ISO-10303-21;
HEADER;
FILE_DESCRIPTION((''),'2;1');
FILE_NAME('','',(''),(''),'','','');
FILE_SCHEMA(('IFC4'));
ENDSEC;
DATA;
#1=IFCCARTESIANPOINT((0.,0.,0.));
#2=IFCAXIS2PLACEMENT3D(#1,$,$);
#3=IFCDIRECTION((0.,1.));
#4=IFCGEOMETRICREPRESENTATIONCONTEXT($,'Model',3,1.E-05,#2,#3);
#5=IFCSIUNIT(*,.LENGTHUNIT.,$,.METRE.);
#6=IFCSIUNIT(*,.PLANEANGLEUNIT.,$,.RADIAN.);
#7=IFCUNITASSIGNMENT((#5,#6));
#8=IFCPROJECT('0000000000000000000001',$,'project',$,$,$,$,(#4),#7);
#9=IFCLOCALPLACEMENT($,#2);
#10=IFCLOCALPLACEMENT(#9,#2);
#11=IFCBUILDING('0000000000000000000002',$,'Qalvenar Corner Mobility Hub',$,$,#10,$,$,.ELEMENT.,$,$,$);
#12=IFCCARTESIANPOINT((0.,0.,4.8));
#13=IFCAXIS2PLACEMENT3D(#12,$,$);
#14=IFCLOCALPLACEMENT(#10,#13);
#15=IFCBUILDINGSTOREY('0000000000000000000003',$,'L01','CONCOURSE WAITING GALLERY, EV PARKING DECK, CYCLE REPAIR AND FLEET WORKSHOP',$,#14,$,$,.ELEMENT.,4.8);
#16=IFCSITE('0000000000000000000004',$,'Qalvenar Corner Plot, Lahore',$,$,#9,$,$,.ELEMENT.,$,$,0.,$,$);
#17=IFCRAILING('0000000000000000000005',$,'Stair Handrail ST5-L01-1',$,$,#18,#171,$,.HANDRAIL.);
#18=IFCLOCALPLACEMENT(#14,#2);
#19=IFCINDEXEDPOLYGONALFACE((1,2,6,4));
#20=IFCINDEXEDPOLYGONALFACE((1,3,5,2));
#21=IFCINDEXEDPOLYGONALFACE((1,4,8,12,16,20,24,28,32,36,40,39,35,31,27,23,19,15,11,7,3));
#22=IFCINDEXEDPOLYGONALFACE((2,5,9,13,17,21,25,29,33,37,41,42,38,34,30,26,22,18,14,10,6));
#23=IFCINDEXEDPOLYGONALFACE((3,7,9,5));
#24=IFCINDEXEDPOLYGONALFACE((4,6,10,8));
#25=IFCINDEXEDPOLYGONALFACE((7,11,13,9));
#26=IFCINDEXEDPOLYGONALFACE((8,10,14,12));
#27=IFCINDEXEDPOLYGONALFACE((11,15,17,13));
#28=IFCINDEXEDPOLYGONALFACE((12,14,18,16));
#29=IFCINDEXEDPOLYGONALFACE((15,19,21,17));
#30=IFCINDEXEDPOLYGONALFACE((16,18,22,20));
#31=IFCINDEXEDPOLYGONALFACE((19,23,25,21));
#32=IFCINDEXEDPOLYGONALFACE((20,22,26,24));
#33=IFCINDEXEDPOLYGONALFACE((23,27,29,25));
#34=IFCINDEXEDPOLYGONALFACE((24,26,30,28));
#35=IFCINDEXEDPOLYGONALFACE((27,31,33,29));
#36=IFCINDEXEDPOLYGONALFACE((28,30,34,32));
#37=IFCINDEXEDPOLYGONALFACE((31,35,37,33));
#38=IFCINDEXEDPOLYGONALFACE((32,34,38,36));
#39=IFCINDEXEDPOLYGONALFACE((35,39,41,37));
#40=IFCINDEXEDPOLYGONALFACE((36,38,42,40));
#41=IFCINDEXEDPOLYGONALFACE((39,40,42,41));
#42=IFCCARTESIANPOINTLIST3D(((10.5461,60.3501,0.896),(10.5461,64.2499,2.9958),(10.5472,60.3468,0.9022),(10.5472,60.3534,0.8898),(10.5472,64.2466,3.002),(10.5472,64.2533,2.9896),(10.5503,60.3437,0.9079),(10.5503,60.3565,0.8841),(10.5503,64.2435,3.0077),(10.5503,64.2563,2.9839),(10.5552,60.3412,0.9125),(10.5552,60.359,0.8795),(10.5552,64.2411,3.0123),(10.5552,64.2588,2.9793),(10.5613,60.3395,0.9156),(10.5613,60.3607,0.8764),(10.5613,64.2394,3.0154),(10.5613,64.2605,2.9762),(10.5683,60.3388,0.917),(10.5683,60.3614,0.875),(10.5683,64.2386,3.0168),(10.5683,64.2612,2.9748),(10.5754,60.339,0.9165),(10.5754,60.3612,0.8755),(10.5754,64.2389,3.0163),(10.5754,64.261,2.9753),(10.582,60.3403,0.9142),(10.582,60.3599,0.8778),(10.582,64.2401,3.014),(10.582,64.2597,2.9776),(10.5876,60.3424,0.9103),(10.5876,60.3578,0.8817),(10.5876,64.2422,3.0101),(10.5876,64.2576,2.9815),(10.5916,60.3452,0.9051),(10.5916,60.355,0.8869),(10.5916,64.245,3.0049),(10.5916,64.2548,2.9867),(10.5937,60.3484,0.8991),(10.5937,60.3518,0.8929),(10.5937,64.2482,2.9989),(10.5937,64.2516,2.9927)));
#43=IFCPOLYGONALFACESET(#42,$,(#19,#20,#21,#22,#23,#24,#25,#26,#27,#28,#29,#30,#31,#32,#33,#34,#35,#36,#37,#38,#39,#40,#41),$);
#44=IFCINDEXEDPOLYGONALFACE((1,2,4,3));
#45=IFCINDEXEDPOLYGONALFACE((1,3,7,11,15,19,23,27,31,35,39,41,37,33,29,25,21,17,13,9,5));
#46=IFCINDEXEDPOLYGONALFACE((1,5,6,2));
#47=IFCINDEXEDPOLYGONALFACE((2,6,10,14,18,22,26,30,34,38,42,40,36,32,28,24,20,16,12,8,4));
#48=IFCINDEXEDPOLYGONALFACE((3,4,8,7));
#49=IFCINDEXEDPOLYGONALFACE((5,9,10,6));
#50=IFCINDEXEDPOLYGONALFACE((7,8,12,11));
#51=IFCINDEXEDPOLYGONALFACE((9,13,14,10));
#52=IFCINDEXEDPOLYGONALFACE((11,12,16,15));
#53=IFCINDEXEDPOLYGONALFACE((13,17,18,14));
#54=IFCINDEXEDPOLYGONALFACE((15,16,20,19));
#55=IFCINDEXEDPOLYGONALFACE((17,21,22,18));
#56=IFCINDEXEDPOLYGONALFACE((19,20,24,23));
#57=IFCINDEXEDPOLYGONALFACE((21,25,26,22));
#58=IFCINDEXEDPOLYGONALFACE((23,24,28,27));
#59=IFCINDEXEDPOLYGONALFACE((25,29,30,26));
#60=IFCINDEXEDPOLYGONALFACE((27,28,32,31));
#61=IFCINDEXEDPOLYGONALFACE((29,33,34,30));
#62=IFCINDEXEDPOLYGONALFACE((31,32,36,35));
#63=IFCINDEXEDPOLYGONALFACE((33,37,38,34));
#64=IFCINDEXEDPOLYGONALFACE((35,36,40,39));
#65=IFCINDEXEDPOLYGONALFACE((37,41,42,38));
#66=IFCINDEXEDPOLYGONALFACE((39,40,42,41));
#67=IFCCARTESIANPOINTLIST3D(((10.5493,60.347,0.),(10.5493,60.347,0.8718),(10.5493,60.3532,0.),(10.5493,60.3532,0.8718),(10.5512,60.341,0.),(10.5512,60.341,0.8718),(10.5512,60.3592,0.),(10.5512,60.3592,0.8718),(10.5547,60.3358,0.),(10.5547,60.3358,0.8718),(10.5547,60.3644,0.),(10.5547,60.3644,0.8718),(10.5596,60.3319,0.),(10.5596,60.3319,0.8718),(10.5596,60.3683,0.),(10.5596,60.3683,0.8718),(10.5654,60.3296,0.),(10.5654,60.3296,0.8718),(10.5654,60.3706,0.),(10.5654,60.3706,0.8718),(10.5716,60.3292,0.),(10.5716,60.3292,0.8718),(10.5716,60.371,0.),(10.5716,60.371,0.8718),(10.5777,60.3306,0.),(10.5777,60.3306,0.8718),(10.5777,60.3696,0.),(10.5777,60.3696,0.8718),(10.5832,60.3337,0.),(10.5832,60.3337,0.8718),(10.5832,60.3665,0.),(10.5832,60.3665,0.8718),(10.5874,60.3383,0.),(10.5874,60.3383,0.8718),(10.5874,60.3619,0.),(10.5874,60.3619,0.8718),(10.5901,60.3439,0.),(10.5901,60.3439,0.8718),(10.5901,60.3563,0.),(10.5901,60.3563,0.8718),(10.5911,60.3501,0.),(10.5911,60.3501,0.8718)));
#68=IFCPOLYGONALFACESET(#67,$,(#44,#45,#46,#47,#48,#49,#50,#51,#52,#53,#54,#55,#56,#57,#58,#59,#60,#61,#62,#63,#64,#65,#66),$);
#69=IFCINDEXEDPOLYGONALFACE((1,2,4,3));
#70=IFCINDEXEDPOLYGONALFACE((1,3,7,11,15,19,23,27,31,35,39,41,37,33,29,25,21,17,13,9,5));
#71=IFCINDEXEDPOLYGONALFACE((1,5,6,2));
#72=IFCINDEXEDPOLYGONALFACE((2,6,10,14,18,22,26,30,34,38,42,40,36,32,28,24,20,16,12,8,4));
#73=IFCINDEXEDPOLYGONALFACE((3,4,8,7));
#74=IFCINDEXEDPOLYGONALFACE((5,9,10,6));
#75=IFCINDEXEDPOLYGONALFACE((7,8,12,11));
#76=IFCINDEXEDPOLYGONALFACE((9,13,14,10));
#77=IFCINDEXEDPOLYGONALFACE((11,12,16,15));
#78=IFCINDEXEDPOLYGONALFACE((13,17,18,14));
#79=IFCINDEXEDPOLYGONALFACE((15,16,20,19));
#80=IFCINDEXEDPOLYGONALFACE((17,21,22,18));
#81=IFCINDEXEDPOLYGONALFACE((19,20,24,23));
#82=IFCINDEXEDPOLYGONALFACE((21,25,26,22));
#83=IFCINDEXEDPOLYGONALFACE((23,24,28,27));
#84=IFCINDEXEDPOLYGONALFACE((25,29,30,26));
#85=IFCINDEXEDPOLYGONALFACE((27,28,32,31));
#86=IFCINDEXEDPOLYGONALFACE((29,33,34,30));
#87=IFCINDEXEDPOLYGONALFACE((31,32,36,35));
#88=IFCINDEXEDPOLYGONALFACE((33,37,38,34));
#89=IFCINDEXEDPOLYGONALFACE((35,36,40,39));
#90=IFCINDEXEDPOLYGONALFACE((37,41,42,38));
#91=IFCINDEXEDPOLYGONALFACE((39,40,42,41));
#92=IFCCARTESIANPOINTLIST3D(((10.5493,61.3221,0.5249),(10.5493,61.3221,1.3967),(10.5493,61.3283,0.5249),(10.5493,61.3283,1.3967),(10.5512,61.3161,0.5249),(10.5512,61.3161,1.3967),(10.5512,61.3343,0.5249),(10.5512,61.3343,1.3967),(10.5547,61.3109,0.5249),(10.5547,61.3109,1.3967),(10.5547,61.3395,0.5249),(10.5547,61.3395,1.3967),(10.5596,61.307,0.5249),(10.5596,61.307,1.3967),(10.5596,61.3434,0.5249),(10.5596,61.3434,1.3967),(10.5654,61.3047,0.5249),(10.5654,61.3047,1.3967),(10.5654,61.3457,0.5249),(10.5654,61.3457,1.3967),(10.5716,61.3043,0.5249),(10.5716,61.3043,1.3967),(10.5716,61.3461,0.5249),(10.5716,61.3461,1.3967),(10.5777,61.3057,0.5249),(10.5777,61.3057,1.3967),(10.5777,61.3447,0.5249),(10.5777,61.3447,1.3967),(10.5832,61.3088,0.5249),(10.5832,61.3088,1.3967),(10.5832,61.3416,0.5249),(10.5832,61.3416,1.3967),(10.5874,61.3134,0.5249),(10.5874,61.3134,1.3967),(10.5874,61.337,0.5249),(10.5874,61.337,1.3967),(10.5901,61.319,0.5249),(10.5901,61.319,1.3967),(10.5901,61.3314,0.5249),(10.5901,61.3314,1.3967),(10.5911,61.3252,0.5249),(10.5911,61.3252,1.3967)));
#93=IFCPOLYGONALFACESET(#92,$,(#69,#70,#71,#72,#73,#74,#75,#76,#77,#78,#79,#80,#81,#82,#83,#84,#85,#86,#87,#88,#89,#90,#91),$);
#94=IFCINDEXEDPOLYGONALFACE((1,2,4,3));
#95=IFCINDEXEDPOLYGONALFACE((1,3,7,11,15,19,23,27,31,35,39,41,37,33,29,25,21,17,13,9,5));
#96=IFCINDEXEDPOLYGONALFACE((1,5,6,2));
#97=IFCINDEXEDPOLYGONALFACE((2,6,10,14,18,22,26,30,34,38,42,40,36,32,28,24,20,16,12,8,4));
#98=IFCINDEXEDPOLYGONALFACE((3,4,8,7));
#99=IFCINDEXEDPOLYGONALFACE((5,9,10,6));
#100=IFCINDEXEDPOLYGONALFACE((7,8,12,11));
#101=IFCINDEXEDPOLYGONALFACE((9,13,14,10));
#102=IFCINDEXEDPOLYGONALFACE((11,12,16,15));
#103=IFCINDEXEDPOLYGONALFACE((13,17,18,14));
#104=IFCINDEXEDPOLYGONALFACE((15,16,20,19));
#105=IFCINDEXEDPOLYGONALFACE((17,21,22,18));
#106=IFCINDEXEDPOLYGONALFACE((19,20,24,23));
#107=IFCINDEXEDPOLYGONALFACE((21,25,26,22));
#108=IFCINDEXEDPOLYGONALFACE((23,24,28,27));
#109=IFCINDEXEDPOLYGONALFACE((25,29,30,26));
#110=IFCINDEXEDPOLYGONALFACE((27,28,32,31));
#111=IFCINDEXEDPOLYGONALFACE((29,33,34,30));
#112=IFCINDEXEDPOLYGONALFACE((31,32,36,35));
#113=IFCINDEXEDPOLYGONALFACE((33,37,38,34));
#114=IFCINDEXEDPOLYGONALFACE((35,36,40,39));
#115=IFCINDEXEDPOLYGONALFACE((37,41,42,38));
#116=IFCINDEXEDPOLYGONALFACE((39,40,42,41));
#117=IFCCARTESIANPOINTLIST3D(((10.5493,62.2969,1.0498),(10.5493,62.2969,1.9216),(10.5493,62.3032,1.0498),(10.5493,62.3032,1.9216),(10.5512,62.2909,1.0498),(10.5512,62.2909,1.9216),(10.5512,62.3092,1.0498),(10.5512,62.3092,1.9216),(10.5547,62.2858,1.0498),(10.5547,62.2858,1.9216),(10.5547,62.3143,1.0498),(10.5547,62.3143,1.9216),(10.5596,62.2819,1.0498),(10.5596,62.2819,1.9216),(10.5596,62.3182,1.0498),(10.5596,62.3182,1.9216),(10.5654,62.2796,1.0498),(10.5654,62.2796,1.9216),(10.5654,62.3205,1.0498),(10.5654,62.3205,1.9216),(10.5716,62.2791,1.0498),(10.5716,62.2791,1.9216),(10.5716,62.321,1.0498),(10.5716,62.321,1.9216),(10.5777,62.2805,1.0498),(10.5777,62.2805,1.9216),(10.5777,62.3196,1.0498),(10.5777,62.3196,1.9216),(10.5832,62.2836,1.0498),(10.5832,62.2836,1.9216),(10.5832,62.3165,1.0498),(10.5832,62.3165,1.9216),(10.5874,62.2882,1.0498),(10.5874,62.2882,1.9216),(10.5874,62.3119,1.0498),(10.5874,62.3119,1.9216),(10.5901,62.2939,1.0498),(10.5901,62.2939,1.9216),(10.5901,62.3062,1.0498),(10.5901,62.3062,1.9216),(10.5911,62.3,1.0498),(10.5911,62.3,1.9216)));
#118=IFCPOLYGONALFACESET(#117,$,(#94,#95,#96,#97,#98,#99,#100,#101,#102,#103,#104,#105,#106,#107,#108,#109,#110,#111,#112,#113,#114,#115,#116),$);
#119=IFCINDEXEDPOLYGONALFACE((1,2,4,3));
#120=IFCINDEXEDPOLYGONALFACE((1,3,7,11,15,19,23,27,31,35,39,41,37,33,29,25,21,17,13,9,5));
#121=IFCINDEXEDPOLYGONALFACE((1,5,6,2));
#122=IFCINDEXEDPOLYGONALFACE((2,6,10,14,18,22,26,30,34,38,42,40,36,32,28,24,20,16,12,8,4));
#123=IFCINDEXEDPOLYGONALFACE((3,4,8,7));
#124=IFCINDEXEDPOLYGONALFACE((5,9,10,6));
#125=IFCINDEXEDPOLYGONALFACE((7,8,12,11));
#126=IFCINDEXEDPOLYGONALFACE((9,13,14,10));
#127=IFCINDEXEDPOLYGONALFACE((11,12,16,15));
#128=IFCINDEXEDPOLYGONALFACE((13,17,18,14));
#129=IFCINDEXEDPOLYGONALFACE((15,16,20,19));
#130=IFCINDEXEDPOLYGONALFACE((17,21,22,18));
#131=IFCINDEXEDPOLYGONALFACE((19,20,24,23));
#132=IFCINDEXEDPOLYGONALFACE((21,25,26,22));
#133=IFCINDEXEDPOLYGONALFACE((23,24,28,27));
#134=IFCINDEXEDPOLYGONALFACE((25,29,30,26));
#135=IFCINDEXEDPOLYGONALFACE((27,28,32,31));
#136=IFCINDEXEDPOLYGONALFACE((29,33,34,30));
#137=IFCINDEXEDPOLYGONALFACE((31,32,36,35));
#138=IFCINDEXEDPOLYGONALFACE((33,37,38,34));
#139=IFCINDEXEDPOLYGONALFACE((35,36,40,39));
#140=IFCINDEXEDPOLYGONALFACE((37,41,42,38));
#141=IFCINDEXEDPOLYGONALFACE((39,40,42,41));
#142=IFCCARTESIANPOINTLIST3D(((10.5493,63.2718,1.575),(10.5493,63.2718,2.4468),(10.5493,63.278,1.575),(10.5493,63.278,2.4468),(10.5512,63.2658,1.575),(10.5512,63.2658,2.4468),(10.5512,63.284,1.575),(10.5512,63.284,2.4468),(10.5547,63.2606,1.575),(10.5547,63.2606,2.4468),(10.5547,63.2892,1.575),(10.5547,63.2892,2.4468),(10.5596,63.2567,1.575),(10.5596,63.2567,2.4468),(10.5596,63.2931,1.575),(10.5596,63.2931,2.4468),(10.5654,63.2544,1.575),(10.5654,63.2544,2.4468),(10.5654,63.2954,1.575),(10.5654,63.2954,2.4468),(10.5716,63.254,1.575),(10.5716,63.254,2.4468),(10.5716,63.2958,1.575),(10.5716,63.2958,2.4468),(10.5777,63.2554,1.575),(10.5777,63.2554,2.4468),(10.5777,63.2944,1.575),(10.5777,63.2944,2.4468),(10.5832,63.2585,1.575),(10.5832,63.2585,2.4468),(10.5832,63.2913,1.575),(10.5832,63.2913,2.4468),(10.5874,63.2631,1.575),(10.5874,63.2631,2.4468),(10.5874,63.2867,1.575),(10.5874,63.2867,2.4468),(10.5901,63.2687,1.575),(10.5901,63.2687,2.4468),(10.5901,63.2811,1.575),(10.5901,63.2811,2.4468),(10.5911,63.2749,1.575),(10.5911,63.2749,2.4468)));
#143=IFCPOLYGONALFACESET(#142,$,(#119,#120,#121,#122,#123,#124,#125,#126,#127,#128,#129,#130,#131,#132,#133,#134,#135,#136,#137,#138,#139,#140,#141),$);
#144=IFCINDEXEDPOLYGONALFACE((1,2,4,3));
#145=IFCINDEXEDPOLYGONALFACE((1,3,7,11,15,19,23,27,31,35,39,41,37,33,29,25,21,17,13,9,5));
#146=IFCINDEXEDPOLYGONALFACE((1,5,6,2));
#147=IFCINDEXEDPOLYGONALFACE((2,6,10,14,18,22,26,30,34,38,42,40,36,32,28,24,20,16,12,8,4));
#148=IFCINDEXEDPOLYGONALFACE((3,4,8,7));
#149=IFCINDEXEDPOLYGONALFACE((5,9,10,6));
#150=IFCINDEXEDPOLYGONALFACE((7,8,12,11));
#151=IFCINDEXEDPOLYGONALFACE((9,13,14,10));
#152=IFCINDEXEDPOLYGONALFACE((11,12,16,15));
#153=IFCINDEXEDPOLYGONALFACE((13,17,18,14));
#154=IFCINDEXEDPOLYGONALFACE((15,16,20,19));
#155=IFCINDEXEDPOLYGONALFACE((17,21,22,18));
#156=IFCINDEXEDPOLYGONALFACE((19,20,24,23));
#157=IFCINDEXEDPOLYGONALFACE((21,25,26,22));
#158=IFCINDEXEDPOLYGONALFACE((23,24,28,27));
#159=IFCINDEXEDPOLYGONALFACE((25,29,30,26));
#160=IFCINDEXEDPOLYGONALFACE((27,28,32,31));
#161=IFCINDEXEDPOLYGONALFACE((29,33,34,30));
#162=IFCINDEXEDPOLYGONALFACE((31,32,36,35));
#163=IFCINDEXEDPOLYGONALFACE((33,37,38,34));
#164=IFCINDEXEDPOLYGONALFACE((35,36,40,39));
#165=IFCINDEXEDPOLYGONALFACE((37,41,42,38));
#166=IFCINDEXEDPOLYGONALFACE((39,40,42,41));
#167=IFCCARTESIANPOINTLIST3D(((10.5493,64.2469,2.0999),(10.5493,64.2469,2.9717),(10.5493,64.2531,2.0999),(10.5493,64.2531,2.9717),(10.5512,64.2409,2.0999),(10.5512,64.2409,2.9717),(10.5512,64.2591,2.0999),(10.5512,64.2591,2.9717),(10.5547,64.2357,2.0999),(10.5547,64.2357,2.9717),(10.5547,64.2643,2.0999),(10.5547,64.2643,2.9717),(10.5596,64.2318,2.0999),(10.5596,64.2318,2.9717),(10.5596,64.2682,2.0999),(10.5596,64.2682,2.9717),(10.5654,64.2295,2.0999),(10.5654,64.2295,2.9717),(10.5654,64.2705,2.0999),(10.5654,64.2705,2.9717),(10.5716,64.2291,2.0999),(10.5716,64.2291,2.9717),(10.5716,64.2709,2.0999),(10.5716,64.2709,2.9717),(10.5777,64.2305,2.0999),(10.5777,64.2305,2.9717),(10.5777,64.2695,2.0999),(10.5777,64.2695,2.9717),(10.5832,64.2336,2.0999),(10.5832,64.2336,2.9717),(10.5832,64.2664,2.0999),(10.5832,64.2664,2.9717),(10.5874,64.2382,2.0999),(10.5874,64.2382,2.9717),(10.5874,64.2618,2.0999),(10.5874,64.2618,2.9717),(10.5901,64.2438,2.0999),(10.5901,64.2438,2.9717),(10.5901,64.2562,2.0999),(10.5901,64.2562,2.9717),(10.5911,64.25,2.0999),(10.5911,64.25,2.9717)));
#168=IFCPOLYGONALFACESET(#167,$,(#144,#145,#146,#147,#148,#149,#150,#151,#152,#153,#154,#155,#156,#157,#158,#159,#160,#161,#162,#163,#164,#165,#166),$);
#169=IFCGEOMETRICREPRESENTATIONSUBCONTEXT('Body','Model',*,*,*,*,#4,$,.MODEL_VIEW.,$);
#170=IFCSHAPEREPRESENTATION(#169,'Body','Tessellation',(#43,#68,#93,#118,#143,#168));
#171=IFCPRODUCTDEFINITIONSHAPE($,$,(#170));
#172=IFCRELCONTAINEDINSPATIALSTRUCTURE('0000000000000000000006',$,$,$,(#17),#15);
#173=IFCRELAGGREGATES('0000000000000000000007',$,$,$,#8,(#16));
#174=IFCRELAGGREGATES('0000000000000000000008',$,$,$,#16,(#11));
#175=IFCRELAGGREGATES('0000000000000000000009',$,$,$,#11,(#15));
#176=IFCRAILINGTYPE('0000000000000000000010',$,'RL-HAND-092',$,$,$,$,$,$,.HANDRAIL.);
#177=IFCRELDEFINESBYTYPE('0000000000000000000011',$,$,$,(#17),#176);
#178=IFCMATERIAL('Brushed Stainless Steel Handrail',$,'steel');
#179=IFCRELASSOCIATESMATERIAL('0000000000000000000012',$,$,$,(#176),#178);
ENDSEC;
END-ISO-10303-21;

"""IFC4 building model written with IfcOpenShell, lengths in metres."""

from ifc_helpers import new_model, si_unit, direction, frame, origin, origin_2d, place, context, subcontext, project, spatial, circle, extrude, material, type_object, element, save


model = new_model("IFC4")

# Units and contexts
model_context = context("Model", 3, precision=1e-05, world=origin(), true_north=direction((0.0, 1.0)))
body_context = subcontext(model_context, "Body", "Model", "MODEL_VIEW")
ifc_project = project(units=[si_unit("LENGTHUNIT", "METRE"), si_unit("PLANEANGLEUNIT", "RADIAN")], contexts=[model_context])

# Site, building, storey
site_placement = place(None, origin())
site = spatial("IfcSite", under=ifc_project, at=site_placement, Name="Qalvenar Corner Plot, Lahore", CompositionType="ELEMENT", RefElevation=0.0)
building_placement = place(site_placement, origin())
building = spatial("IfcBuilding", under=site, at=building_placement, Name="Qalvenar Corner Mobility Hub", CompositionType="ELEMENT")
storey_placement = place(building_placement, frame((0.0, 0.0, 4.8)))
storey = spatial("IfcBuildingStorey", under=building, at=storey_placement, Name="L01", Description="CONCOURSE WAITING GALLERY, EV PARKING DECK, CYCLE REPAIR AND FLEET WORKSHOP", CompositionType="ELEMENT", Elevation=4.8)

# Railing
ifc_material_1 = material(Name="Brushed Stainless Steel Handrail", Category="steel")
railing_type_1 = type_object("IfcRailingType", Name="RL-HAND-092", PredefinedType="HANDRAIL", material=ifc_material_1)
railing_1_placement = place(storey_placement, frame((10.5701, 60.3501, 0.0)))
element("IfcRailing", 1, at=railing_1_placement, inside=storey, type_object=railing_type_1, Name="Stair Handrail ST5-L01-1", PredefinedType="HANDRAIL", context=body_context, shape_type="SweptSolid", body=[
    extrude(circle(Radius=0.0239, at=origin_2d()), frame((0.0, 0.0, 0.896), z_axis=(0.0, 0.88048, 0.474083), x_axis=(-1.0, 0.0, 0.0)), (0.0, 0.0, 1.0), 4.4292),
    extrude(circle(Radius=0.021, at=origin_2d()), origin(), (0.0, 0.0, 1.0), 0.8718),
    extrude(circle(Radius=0.021, at=origin_2d()), frame((0.0, 0.9751, 0.5249)), (0.0, 0.0, 1.0), 0.8718),
    extrude(circle(Radius=0.021, at=origin_2d()), frame((0.0, 1.95, 1.0498)), (0.0, 0.0, 1.0), 0.8718),
    extrude(circle(Radius=0.021, at=origin_2d()), frame((0.0, 2.9248, 1.575)), (0.0, 0.0, 1.0), 0.8718),
    extrude(circle(Radius=0.021, at=origin_2d()), frame((0.0, 3.8999, 2.0999)), (0.0, 0.0, 1.0), 0.8718),
])

save(model, "model.ifc")
